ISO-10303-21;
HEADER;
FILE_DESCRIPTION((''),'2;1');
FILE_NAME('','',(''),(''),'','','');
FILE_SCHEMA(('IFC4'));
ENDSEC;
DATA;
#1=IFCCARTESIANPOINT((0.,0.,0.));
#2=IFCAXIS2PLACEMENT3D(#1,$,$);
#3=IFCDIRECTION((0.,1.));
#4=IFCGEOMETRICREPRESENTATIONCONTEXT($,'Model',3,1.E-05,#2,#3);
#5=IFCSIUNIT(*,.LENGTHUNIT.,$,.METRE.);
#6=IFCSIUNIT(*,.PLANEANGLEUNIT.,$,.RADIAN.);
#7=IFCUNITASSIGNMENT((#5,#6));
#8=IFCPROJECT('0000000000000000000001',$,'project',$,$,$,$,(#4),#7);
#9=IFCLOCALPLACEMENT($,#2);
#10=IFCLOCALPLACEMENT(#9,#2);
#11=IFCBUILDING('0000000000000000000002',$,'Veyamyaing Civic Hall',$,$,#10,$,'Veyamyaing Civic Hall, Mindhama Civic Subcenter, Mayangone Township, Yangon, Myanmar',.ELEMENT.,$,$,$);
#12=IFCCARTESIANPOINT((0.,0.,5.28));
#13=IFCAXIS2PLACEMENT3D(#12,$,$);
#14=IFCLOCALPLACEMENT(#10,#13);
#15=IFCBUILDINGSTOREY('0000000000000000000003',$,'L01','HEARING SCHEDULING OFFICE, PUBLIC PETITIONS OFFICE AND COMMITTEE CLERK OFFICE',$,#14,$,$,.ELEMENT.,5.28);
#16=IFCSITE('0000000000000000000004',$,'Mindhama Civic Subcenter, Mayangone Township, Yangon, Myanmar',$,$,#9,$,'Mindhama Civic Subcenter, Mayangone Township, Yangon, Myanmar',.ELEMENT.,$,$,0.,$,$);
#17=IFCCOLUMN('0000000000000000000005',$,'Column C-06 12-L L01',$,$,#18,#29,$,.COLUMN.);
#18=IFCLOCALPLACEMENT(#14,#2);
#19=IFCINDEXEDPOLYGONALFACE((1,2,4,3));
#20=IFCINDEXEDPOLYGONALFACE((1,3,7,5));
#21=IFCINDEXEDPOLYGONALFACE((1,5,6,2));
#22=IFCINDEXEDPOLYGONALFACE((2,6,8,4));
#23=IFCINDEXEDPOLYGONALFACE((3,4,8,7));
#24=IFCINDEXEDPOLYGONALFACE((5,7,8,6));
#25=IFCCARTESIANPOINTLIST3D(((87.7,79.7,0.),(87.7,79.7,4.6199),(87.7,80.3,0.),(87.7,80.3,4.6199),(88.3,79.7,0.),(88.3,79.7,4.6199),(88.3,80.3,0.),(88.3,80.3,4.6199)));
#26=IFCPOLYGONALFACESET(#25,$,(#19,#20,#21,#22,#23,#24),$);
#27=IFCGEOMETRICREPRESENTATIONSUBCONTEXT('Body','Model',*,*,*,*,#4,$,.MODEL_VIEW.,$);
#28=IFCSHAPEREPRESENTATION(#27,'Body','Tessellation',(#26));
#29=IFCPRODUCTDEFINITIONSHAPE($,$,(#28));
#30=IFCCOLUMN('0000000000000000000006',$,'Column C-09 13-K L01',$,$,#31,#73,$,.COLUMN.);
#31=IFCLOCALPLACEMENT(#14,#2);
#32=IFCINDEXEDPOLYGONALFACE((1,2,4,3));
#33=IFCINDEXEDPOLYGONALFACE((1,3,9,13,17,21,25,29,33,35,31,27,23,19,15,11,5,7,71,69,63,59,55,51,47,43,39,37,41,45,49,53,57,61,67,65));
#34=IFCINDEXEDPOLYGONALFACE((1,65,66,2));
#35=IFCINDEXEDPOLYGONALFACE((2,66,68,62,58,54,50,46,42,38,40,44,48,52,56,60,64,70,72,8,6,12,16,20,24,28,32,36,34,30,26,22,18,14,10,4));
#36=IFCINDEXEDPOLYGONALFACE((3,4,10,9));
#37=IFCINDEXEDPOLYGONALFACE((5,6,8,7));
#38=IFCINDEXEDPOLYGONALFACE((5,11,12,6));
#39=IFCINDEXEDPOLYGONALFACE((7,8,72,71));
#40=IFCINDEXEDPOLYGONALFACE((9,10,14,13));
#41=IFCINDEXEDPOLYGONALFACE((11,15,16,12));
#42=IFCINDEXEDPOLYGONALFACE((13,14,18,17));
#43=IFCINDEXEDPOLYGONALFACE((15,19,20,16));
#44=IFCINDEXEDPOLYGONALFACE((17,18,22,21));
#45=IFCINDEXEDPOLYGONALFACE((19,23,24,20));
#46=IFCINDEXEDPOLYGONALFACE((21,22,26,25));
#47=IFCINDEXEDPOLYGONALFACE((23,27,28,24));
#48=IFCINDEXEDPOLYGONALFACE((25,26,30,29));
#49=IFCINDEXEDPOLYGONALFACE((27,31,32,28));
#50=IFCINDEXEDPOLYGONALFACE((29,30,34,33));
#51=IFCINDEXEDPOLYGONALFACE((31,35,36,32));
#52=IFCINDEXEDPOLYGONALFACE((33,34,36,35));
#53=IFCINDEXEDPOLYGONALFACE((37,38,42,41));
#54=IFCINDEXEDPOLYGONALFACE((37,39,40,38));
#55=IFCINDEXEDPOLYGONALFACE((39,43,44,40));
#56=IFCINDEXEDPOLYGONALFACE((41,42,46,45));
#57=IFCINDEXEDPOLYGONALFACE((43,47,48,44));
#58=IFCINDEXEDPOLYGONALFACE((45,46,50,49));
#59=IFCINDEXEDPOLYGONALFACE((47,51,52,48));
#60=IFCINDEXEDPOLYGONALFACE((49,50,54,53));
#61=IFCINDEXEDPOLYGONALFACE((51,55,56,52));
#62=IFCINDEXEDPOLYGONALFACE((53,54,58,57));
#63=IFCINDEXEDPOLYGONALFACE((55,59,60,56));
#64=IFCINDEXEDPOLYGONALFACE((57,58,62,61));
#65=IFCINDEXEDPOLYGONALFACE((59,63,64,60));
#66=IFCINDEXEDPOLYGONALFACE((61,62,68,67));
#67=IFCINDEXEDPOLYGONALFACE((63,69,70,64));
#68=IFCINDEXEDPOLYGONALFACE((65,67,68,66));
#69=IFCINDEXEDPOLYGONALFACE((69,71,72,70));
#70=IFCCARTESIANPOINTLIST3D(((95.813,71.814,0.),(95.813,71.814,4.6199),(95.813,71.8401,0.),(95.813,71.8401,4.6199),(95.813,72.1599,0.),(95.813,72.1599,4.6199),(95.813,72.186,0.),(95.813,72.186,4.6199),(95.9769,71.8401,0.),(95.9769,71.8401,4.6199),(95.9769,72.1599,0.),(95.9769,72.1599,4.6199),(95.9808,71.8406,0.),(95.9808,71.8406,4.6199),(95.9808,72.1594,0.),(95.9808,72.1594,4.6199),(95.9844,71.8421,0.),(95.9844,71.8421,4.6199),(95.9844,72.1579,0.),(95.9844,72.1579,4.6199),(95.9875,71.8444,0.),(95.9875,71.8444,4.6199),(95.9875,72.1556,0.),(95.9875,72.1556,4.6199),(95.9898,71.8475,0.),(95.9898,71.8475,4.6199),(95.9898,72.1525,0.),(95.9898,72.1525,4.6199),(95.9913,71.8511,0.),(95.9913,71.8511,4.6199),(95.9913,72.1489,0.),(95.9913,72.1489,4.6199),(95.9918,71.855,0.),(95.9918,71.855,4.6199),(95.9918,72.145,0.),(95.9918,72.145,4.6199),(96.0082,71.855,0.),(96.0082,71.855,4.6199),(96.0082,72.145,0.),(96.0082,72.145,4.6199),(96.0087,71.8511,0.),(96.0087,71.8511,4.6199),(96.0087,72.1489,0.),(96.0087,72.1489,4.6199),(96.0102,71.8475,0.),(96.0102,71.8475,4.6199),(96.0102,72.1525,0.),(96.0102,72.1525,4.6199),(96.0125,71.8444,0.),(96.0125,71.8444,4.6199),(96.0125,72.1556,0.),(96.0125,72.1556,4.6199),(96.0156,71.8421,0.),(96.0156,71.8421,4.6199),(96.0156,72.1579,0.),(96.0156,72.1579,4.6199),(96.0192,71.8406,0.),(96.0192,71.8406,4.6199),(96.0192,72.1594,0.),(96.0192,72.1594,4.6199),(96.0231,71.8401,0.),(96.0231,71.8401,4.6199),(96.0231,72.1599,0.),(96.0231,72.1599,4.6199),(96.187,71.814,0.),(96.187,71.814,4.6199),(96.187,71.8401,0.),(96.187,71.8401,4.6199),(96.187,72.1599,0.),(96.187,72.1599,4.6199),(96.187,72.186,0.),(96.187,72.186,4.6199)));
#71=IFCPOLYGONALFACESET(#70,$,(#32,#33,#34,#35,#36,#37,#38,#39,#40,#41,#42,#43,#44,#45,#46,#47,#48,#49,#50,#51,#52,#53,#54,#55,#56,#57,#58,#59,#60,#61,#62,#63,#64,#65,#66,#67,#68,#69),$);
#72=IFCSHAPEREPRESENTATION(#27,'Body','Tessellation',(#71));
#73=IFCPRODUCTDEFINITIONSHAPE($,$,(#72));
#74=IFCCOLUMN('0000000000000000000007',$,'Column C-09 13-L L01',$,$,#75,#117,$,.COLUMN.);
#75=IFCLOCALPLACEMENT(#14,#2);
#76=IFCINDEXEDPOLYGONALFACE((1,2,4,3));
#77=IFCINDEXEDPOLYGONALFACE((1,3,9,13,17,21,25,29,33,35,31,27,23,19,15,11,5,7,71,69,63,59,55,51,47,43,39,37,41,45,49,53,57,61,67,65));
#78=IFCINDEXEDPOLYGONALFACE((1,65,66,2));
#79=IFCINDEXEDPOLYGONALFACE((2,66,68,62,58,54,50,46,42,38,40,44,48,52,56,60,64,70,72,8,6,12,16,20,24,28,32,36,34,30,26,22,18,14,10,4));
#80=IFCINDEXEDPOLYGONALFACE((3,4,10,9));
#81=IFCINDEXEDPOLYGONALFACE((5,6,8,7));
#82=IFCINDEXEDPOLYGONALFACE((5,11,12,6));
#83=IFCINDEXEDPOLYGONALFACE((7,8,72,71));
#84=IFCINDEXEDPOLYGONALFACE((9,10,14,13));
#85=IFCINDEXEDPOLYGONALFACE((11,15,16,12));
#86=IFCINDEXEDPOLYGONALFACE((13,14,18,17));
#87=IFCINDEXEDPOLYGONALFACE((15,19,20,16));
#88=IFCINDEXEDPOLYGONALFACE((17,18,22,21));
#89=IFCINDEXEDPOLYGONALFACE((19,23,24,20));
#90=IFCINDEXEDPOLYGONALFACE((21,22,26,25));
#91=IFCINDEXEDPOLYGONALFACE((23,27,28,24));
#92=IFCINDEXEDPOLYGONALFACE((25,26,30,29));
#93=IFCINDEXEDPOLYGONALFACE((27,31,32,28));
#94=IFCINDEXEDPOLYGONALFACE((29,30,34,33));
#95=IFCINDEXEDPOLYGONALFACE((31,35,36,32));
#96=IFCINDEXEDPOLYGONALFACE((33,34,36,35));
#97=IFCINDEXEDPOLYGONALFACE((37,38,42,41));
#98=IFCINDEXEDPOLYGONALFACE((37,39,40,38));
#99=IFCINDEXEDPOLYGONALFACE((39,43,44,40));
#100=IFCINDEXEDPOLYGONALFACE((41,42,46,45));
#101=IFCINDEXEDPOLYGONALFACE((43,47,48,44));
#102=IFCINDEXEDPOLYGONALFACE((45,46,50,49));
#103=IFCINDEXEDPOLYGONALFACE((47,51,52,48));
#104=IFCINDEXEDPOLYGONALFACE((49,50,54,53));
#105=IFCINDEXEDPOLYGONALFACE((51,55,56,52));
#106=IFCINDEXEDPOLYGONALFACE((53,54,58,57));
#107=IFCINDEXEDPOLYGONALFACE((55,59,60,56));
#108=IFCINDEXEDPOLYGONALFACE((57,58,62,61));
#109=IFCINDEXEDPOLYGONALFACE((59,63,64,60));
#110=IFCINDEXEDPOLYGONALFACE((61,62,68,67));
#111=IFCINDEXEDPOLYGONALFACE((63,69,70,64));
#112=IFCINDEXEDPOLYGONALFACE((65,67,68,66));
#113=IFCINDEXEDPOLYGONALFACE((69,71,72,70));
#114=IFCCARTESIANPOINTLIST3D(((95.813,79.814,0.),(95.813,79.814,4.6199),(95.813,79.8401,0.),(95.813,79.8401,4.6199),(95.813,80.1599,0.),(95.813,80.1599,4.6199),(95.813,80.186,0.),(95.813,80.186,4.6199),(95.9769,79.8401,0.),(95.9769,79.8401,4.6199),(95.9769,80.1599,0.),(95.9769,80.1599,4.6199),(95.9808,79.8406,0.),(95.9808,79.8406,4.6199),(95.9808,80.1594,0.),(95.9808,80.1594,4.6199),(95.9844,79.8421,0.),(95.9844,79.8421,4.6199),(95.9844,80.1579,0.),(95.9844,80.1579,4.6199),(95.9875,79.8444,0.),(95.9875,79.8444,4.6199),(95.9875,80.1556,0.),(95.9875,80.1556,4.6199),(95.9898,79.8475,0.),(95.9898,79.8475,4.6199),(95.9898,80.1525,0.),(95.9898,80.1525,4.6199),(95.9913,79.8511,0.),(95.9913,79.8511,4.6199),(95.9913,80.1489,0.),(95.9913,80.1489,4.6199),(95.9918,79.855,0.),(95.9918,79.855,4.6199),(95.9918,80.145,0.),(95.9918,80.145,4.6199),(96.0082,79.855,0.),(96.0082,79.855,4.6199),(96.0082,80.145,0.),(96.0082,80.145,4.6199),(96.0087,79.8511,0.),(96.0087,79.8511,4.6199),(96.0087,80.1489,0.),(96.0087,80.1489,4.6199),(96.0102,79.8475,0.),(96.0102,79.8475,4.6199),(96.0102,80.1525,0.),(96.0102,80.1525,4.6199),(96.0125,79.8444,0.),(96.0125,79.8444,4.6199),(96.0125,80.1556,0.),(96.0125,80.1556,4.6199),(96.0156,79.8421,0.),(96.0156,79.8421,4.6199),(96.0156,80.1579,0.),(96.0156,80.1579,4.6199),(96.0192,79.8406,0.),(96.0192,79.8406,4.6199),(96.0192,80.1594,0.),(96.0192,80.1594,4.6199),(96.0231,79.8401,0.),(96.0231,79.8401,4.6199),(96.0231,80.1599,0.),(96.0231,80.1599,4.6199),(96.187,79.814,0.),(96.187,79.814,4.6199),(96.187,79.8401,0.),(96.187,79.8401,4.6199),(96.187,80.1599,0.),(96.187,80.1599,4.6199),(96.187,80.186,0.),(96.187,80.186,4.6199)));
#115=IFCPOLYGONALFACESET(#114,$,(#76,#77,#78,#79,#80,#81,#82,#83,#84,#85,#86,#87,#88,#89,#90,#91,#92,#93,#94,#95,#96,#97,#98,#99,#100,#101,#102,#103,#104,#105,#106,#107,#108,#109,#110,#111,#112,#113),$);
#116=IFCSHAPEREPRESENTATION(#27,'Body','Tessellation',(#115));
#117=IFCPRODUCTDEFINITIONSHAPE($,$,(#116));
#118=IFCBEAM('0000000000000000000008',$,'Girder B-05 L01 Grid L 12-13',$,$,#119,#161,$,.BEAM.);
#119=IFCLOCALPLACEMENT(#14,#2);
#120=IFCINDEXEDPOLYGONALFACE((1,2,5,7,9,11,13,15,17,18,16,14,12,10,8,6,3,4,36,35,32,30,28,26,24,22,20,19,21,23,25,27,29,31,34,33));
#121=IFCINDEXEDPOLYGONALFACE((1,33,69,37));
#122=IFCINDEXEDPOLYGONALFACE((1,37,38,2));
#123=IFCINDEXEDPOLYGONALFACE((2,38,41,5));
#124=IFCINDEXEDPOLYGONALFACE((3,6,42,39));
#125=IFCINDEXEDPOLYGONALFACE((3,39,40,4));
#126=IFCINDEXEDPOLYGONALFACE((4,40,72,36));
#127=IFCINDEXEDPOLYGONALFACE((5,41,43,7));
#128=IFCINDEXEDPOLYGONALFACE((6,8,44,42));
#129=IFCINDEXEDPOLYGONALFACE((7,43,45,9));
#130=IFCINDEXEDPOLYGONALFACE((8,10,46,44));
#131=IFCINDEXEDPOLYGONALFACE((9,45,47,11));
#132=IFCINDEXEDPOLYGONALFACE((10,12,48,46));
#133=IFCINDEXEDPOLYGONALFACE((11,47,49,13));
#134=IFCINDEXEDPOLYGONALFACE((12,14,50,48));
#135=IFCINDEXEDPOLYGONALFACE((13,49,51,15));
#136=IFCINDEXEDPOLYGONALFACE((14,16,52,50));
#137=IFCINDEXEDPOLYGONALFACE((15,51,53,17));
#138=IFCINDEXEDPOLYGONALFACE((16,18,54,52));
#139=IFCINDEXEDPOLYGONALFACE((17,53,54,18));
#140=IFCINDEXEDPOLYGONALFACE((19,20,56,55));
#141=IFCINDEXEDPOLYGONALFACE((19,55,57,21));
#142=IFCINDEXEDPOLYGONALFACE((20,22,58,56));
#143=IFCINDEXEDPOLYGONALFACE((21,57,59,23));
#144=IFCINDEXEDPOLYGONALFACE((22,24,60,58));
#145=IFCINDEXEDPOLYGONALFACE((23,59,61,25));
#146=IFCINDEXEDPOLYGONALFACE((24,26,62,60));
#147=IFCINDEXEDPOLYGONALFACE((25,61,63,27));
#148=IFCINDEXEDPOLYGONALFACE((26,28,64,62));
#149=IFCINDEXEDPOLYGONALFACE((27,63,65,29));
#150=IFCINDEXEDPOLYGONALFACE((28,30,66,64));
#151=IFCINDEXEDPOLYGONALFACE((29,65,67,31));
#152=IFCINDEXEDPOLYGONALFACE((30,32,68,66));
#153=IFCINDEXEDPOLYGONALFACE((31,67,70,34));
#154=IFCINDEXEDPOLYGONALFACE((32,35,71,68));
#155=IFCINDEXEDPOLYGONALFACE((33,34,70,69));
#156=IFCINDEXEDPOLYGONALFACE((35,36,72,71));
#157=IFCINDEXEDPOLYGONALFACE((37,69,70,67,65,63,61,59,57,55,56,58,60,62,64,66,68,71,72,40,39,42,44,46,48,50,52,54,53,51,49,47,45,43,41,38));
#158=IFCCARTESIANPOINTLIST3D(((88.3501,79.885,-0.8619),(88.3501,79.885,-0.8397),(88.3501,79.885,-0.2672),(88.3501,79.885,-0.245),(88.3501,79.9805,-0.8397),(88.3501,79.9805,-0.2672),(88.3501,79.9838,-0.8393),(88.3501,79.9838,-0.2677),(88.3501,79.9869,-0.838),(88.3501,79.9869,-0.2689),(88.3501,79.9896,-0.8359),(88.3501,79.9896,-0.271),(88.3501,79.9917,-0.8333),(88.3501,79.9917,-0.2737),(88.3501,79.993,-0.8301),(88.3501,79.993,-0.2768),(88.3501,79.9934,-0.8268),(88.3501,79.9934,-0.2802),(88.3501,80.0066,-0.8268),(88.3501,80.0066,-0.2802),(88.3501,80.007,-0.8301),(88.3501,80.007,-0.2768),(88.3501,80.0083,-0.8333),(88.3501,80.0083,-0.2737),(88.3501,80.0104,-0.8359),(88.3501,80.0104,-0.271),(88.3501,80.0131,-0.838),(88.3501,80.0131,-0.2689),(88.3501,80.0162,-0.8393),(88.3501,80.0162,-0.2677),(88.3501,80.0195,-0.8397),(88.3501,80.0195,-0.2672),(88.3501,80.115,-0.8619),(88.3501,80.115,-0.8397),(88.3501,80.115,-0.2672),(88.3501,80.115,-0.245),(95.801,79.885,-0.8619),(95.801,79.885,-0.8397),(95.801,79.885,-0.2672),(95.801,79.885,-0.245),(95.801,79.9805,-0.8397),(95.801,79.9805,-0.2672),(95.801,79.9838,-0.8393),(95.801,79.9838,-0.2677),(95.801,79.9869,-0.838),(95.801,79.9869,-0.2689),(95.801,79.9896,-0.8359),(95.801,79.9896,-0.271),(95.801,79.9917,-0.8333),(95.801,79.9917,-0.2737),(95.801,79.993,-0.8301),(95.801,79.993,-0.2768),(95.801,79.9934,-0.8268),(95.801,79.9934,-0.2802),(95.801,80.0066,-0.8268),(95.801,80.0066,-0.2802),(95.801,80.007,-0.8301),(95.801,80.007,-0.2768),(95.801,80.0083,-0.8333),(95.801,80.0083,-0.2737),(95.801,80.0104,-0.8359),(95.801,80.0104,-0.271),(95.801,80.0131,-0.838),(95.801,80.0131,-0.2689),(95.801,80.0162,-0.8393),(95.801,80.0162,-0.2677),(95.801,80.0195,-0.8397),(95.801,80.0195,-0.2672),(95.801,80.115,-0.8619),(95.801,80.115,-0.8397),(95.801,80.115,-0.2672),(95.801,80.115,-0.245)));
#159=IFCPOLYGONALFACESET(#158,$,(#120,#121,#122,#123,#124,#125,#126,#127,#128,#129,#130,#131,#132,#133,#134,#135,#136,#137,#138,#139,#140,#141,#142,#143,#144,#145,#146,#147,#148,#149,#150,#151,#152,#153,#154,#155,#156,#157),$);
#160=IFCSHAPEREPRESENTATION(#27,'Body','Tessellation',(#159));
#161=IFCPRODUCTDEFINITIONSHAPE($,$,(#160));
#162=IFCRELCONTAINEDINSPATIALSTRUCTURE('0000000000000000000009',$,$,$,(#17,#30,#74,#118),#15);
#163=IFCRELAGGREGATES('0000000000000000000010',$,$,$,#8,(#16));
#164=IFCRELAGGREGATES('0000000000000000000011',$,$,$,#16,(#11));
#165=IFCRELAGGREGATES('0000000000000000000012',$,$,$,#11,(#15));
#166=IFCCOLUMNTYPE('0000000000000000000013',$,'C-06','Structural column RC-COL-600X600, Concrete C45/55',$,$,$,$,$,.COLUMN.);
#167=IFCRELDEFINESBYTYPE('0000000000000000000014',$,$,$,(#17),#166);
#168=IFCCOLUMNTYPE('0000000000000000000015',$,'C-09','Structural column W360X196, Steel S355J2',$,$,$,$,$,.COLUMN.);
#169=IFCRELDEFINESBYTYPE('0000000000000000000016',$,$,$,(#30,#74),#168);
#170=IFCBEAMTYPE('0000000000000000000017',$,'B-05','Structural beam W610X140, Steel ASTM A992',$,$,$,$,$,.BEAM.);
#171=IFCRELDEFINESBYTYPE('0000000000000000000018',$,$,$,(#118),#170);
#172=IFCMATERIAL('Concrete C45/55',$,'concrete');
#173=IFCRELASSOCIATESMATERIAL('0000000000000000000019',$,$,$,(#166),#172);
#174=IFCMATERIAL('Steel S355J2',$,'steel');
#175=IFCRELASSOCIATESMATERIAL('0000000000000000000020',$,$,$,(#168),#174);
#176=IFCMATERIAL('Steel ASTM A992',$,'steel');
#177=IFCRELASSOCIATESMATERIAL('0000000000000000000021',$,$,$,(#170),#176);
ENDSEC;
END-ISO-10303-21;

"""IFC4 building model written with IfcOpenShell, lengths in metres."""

from ifc_helpers import new_model, si_unit, direction, frame, origin, origin_2d, place, context, subcontext, project, spatial, rectangle, i_section, extrude, material, material_profile, profile_set, type_object, element, save


model = new_model("IFC4")

# Units and contexts
model_context = context("Model", 3, precision=1e-05, world=origin(), true_north=direction((0.0, 1.0)))
body_context = subcontext(model_context, "Body", "Model", "MODEL_VIEW")
ifc_project = project(units=[si_unit("LENGTHUNIT", "METRE"), si_unit("PLANEANGLEUNIT", "RADIAN")], contexts=[model_context])

# Site, building, storey
site_placement = place(None, origin())
site = spatial("IfcSite", under=ifc_project, at=site_placement, Name="Mindhama Civic Subcenter, Mayangone Township, Yangon, Myanmar", LongName="Mindhama Civic Subcenter, Mayangone Township, Yangon, Myanmar", CompositionType="ELEMENT", RefElevation=0.0)
building_placement = place(site_placement, origin())
building = spatial("IfcBuilding", under=site, at=building_placement, Name="Veyamyaing Civic Hall", LongName="Veyamyaing Civic Hall, Mindhama Civic Subcenter, Mayangone Township, Yangon, Myanmar", CompositionType="ELEMENT")
storey_placement = place(building_placement, frame((0.0, 0.0, 5.28)))
storey = spatial("IfcBuildingStorey", under=building, at=storey_placement, Name="L01", Description="HEARING SCHEDULING OFFICE, PUBLIC PETITIONS OFFICE AND COMMITTEE CLERK OFFICE", CompositionType="ELEMENT", Elevation=5.28)

# Columns
ifc_material_1 = material(Name="Concrete C45/55", Category="concrete")
ifc_material_profile_1 = material_profile(ifc_material_1, rectangle(XDim=0.6001, YDim=0.6001, at=origin_2d()), Name="RC-COL-600X600")
ifc_profile_set_1 = profile_set([ifc_material_profile_1], Name="Concrete C45/55")
column_type_1 = type_object("IfcColumnType", Name="C-06", Description="Structural column RC-COL-600X600, Concrete C45/55", PredefinedType="COLUMN", material=ifc_profile_set_1)
column_placement = place(storey_placement, frame((88.0, 80.0, 0.0), z_axis=(0.0, 0.0, 1.0), x_axis=(1.0, 0.0, 0.0)))
element("IfcColumn", 1, at=column_placement, inside=storey, type_object=column_type_1, Name="Column C-06 12-L L01", PredefinedType="COLUMN", context=body_context, shape_type="SweptSolid", body=[
    extrude(rectangle(XDim=0.6001, YDim=0.6001, at=origin_2d()), origin(), (0.0, 0.0, 1.0), 4.6199),
])
ifc_material_2 = material(Name="Steel S355J2", Category="steel")
ifc_material_profile_2 = material_profile(ifc_material_2, i_section(OverallWidth=0.374, OverallDepth=0.3721, WebThickness=0.0164, FlangeThickness=0.0261, FilletRadius=0.0149, at=origin_2d()), Name="W360X196")
ifc_profile_set_2 = profile_set([ifc_material_profile_2], Name="Steel S355J2")
column_type_2 = type_object("IfcColumnType", Name="C-09", Description="Structural column W360X196, Steel S355J2", PredefinedType="COLUMN", material=ifc_profile_set_2)
for number, where, z_axis, x_axis, name in (
    (2, (96.0, 72.0, 0.0), (0.0, 0.0, 1.0), (1.0, 0.0, 0.0), "Column C-09 13-K L01"),
    (3, (96.0, 80.0, 0.0), (0.0, 0.0, 1.0), (1.0, 0.0, 0.0), "Column C-09 13-L L01"),
):
    element("IfcColumn", number, at=place(storey_placement, frame(where, z_axis=z_axis, x_axis=x_axis)), inside=storey, type_object=column_type_2, Name=name, PredefinedType="COLUMN", context=body_context, shape_type="SweptSolid", body=[
        extrude(i_section(OverallWidth=0.374, OverallDepth=0.3721, WebThickness=0.0164, FlangeThickness=0.0261, FilletRadius=0.0149, at=origin_2d()), origin(), (0.0, 0.0, 1.0), 4.6199),
    ])

# Beam
ifc_material_3 = material(Name="Steel ASTM A992", Category="steel")
ifc_material_profile_3 = material_profile(ifc_material_3, i_section(OverallWidth=0.23, OverallDepth=0.6169, WebThickness=0.0132, FlangeThickness=0.0222, FilletRadius=0.0129, at=origin_2d()), Name="W610X140")
ifc_profile_set_3 = profile_set([ifc_material_profile_3], Name="Steel ASTM A992")
beam_type_1 = type_object("IfcBeamType", Name="B-05", Description="Structural beam W610X140, Steel ASTM A992", PredefinedType="BEAM", material=ifc_profile_set_3)
beam_1_placement = place(storey_placement, frame((88.3501, 80.0, -0.5535), z_axis=(1.0, 0.0, 0.0), x_axis=(0.0, 1.0, 0.0)))
element("IfcBeam", 4, at=beam_1_placement, inside=storey, type_object=beam_type_1, Name="Girder B-05 L01 Grid L 12-13", PredefinedType="BEAM", context=body_context, shape_type="SweptSolid", body=[
    extrude(i_section(OverallWidth=0.23, OverallDepth=0.6169, WebThickness=0.0132, FlangeThickness=0.0222, FilletRadius=0.0129, at=origin_2d()), origin(), (0.0, 0.0, 1.0), 7.4509),
])

save(model, "model.ifc")
